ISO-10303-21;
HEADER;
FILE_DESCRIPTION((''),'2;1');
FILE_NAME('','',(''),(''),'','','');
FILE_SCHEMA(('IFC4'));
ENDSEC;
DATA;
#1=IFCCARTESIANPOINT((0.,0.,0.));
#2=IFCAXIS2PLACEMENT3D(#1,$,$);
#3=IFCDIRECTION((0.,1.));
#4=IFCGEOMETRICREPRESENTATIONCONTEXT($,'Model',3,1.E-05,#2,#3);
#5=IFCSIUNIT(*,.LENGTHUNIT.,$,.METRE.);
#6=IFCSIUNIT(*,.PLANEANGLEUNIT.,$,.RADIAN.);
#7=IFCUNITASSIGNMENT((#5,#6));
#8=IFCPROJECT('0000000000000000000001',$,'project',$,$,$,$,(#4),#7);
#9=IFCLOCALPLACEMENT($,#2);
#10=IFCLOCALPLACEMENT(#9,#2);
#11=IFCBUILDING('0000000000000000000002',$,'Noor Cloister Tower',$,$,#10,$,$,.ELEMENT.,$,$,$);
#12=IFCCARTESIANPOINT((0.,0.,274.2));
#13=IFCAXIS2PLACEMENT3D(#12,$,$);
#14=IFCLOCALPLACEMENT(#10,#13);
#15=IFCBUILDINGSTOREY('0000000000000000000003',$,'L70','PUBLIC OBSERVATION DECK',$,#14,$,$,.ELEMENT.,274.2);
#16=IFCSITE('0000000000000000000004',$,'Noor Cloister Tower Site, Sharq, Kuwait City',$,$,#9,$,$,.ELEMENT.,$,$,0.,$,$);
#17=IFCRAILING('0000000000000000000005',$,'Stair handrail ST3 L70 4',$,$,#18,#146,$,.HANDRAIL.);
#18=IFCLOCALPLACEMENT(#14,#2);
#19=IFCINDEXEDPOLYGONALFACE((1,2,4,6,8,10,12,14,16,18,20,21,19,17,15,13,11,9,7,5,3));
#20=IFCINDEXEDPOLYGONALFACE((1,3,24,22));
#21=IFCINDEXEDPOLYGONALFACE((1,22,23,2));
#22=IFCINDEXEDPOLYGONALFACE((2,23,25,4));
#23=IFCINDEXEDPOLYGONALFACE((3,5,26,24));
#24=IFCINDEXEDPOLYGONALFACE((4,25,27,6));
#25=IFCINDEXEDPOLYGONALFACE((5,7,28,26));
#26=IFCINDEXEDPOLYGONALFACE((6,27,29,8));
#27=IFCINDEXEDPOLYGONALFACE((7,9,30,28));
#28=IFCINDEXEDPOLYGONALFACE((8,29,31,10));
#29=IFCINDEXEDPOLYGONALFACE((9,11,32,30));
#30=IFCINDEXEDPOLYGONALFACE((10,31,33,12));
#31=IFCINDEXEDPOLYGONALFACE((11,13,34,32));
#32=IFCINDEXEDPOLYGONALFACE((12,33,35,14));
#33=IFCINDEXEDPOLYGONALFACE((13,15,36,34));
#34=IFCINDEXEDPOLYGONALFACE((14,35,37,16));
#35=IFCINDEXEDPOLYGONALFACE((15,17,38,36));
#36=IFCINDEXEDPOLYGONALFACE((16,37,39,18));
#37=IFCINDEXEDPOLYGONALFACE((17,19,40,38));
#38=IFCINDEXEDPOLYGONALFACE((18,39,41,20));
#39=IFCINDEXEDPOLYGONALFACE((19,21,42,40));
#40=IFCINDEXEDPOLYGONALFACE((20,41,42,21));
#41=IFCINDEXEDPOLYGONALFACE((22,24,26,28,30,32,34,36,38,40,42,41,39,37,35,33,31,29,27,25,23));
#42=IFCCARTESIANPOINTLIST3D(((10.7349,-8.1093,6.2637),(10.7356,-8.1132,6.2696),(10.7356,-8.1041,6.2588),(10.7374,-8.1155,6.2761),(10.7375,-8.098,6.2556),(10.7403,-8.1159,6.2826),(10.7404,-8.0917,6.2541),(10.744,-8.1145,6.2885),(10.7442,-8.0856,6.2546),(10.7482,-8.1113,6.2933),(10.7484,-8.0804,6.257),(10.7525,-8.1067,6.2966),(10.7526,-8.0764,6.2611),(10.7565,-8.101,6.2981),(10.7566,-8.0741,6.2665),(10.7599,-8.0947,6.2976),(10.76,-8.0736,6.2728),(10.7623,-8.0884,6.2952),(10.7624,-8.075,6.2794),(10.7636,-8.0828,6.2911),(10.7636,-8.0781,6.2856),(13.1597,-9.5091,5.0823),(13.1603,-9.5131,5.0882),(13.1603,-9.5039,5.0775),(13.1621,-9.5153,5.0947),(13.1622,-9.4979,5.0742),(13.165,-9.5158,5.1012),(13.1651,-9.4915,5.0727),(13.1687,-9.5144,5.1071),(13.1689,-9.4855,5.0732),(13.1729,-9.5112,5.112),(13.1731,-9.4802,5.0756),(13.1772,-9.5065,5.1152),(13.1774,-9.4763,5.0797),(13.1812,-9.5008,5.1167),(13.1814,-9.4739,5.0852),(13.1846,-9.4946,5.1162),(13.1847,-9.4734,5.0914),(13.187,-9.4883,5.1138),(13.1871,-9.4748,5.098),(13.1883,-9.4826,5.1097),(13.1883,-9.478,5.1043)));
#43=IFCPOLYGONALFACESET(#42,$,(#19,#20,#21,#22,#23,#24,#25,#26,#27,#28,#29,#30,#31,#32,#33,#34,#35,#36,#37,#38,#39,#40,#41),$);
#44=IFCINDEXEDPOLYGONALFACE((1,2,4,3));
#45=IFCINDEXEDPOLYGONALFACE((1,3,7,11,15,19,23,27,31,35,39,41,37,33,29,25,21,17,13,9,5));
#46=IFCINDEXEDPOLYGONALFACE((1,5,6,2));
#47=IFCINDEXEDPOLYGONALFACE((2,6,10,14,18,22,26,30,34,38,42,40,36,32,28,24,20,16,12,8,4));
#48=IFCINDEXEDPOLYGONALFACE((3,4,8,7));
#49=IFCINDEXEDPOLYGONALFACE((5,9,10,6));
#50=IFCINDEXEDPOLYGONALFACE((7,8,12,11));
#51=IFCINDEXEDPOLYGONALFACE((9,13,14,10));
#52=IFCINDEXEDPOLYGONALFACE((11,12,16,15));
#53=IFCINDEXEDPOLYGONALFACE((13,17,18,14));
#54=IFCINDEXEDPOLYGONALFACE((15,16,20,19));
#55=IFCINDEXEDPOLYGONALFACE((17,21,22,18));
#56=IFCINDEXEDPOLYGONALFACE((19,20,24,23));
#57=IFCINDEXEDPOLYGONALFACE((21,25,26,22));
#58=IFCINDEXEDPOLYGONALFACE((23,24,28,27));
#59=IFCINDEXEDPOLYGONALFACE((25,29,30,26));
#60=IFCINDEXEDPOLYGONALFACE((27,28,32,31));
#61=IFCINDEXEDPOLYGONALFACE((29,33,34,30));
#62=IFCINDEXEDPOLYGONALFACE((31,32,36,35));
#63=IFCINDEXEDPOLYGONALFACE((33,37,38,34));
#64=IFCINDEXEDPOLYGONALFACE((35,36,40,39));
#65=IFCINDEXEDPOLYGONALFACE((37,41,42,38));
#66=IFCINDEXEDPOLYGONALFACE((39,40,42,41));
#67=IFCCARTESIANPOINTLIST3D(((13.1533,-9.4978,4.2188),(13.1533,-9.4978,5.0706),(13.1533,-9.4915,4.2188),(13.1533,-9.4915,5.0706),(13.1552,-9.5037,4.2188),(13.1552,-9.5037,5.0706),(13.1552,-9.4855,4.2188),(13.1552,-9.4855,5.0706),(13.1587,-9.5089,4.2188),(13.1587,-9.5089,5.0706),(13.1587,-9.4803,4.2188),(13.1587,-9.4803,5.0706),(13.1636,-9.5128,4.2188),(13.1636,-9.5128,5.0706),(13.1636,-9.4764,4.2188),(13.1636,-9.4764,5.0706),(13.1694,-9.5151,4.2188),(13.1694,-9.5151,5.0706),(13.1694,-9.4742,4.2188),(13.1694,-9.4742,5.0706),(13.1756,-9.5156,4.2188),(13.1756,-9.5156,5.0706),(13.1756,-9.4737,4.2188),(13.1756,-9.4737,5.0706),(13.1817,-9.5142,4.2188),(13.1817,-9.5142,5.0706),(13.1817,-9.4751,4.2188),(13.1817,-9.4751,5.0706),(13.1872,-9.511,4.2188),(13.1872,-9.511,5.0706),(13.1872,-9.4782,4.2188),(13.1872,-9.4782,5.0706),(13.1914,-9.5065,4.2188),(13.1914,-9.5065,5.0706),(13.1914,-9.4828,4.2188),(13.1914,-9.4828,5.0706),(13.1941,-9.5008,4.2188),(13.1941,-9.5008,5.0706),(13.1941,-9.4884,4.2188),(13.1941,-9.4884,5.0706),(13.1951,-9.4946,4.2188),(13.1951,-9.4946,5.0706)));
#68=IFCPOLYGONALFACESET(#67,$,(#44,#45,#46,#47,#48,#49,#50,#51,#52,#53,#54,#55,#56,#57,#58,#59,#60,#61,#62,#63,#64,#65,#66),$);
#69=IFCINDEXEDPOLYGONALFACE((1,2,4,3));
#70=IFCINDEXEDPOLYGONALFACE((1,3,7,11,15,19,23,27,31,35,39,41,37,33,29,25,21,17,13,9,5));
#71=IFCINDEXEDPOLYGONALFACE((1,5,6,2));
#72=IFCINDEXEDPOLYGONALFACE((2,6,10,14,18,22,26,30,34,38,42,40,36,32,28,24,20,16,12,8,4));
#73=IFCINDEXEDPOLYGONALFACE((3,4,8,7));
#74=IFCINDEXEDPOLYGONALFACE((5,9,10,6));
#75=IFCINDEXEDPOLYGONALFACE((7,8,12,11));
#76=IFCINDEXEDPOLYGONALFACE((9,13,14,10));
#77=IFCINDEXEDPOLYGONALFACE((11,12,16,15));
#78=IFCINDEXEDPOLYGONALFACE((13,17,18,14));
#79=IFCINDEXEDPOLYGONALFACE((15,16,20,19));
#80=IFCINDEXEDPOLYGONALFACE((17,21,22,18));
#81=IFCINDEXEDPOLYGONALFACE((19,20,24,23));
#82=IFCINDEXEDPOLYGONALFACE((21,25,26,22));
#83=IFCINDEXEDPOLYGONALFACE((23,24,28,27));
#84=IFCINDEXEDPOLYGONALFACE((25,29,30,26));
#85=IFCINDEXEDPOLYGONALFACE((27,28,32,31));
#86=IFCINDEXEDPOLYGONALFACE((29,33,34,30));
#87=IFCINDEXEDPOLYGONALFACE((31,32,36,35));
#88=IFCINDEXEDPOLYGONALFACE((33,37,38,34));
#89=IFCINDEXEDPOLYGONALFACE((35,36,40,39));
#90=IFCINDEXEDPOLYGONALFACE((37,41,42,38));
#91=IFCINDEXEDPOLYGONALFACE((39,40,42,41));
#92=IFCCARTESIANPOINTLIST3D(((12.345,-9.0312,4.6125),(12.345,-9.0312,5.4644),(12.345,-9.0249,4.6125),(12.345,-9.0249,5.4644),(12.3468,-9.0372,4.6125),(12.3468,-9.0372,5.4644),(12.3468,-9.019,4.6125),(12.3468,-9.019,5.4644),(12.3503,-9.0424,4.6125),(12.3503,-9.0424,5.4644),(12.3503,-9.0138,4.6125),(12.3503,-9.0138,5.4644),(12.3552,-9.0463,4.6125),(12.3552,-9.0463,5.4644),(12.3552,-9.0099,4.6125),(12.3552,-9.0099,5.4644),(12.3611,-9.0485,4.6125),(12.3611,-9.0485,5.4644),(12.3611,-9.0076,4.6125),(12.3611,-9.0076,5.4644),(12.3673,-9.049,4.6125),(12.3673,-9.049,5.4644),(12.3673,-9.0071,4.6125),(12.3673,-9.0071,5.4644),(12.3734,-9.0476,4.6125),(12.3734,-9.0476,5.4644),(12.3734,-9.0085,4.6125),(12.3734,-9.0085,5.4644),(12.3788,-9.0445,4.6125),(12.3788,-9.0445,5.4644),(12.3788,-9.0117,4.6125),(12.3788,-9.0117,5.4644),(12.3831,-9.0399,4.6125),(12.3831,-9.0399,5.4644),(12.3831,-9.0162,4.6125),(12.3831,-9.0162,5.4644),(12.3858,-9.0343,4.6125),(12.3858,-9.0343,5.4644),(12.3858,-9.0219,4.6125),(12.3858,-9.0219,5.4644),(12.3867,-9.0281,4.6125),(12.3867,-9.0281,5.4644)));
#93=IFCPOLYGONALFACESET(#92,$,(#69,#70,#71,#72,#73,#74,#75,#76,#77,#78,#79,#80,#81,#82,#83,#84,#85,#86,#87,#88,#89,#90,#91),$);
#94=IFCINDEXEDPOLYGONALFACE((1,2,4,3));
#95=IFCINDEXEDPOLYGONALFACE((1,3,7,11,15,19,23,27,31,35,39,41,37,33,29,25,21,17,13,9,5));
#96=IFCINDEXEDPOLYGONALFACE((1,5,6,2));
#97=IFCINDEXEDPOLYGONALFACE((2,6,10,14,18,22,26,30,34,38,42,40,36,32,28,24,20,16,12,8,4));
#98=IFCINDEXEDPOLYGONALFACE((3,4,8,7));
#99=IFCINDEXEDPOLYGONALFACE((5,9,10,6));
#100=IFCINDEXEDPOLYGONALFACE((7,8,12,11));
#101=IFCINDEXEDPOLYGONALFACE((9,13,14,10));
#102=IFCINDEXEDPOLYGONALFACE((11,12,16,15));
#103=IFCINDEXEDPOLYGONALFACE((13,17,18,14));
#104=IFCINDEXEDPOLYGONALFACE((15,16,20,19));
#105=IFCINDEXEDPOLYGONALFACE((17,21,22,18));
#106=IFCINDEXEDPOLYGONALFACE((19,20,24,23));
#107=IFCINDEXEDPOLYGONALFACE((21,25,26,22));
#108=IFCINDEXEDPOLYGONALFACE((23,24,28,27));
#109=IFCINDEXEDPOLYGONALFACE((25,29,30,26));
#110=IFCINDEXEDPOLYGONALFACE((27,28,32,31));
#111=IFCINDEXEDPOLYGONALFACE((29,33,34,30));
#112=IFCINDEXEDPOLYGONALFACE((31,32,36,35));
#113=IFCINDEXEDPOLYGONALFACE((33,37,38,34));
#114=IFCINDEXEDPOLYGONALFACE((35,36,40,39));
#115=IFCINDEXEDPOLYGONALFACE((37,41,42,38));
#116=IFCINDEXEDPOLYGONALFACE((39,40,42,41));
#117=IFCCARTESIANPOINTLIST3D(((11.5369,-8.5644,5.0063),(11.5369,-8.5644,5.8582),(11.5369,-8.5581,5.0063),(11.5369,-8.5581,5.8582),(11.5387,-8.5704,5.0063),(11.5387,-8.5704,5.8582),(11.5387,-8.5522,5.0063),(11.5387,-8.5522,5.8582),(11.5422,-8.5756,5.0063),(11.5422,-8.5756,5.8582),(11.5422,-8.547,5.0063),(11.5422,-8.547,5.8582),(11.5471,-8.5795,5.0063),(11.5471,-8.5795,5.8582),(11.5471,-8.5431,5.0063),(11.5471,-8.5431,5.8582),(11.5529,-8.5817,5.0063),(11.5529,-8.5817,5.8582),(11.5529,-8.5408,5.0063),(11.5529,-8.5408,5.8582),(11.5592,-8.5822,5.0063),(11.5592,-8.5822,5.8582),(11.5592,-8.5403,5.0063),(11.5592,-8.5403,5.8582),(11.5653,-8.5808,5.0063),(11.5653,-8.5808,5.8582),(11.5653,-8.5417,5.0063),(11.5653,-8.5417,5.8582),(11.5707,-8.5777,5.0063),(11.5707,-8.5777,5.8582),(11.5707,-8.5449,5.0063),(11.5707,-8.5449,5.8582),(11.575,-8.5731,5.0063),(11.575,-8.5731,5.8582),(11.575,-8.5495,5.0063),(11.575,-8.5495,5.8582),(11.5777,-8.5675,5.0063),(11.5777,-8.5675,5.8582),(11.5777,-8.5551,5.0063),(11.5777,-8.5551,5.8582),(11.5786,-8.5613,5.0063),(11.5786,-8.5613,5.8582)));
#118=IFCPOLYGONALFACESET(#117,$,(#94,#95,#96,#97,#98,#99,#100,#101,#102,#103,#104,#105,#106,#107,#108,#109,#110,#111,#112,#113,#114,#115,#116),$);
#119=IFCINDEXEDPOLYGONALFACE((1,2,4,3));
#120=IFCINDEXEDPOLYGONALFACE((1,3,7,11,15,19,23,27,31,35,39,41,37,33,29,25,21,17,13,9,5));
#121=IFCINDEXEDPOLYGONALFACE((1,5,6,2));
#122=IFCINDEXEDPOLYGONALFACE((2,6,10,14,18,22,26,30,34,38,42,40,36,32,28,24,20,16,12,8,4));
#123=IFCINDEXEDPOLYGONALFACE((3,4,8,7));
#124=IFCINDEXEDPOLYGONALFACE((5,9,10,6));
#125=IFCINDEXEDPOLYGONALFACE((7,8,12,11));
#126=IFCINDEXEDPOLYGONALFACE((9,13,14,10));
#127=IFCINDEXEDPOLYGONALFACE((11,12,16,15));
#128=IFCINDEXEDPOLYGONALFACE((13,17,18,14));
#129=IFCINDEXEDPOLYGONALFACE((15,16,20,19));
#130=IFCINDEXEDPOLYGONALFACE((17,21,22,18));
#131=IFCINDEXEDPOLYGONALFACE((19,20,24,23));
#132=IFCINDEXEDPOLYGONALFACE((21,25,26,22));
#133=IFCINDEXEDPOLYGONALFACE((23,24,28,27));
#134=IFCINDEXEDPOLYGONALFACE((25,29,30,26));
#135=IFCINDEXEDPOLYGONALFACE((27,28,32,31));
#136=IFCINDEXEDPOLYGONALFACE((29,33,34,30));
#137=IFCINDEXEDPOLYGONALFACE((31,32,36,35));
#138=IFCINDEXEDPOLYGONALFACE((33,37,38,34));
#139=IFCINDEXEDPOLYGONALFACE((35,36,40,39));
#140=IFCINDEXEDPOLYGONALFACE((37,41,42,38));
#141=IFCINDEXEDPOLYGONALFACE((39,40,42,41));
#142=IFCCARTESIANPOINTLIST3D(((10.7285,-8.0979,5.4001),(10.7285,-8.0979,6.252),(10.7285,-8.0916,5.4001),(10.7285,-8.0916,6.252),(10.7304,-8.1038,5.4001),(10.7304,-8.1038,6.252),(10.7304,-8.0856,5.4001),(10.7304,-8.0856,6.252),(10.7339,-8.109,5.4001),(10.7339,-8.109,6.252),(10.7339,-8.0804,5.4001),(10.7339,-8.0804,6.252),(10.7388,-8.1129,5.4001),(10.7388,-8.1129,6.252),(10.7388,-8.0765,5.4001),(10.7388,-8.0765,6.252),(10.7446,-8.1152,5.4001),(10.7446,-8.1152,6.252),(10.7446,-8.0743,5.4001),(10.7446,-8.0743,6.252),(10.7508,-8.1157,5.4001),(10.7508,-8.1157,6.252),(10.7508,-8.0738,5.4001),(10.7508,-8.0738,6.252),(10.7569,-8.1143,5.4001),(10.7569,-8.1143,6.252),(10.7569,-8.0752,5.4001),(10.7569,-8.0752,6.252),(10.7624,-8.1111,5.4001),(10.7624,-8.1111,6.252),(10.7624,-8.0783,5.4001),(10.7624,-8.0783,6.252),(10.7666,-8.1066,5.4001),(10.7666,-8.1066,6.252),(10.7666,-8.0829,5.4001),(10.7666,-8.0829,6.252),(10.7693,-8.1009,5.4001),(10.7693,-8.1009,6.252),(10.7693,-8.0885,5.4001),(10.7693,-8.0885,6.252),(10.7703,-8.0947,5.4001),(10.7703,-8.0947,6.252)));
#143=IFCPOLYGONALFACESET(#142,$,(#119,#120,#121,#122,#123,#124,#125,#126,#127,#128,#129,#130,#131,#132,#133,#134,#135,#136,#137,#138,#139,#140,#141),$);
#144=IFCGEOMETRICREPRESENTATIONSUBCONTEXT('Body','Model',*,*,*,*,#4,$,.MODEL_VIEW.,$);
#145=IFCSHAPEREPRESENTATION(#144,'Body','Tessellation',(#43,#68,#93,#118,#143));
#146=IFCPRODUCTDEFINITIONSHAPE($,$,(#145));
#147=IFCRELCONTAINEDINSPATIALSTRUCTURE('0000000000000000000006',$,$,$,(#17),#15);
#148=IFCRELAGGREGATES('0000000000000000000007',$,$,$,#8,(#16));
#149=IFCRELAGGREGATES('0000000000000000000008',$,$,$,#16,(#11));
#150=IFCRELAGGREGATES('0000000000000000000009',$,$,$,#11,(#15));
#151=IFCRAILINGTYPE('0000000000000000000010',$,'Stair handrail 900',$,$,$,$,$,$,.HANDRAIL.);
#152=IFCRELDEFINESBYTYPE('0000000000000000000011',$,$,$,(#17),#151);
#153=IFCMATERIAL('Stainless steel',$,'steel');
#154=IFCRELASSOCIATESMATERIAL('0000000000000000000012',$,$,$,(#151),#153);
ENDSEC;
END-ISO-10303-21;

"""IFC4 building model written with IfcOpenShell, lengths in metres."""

from ifc_helpers import new_model, si_unit, direction, frame, origin, origin_2d, place, context, subcontext, project, spatial, circle, extrude, material, type_object, element, save


model = new_model("IFC4")

# Units and contexts
model_context = context("Model", 3, precision=1e-05, world=origin(), true_north=direction((0.0, 1.0)))
body_context = subcontext(model_context, "Body", "Model", "MODEL_VIEW")
ifc_project = project(units=[si_unit("LENGTHUNIT", "METRE"), si_unit("PLANEANGLEUNIT", "RADIAN")], contexts=[model_context])

# Site, building, storey
site_placement = place(None, origin())
site = spatial("IfcSite", under=ifc_project, at=site_placement, Name="Noor Cloister Tower Site, Sharq, Kuwait City", CompositionType="ELEMENT", RefElevation=0.0)
building_placement = place(site_placement, origin())
building = spatial("IfcBuilding", under=site, at=building_placement, Name="Noor Cloister Tower", CompositionType="ELEMENT")
storey_placement = place(building_placement, frame((0.0, 0.0, 274.2)))
storey = spatial("IfcBuildingStorey", under=building, at=storey_placement, Name="L70", Description="PUBLIC OBSERVATION DECK", CompositionType="ELEMENT", Elevation=274.2)

# Railing
ifc_material_1 = material(Name="Stainless steel", Category="steel")
railing_type_1 = type_object("IfcRailingType", Name="Stair handrail 900", PredefinedType="HANDRAIL", material=ifc_material_1)
railing_1_placement = place(storey_placement, frame((13.1741, -9.4946, 4.2188)))
element("IfcRailing", 1, at=railing_1_placement, inside=storey, type_object=railing_type_1, Name="Stair handrail ST3 L70 4", PredefinedType="HANDRAIL", context=body_context, shape_type="SweptSolid", body=[
    extrude(circle(Radius=0.0239, at=origin_2d()), frame((0.0, 0.0, 0.876), z_axis=(-0.797914, 0.460656, 0.388754), x_axis=(-0.499984, -0.866035, 0.0)), (0.0, 0.0, 1.0), 3.0388),
    extrude(circle(Radius=0.021, at=origin_2d()), origin(), (0.0, 0.0, 1.0), 0.8518),
    extrude(circle(Radius=0.021, at=origin_2d()), frame((-0.8083, 0.4666, 0.3938)), (0.0, 0.0, 1.0), 0.8518),
    extrude(circle(Radius=0.021, at=origin_2d()), frame((-1.6165, 0.9333, 0.7876)), (0.0, 0.0, 1.0), 0.8518),
    extrude(circle(Radius=0.021, at=origin_2d()), frame((-2.4248, 1.3999, 1.1814)), (0.0, 0.0, 1.0), 0.8518),
])

save(model, "model.ifc")
